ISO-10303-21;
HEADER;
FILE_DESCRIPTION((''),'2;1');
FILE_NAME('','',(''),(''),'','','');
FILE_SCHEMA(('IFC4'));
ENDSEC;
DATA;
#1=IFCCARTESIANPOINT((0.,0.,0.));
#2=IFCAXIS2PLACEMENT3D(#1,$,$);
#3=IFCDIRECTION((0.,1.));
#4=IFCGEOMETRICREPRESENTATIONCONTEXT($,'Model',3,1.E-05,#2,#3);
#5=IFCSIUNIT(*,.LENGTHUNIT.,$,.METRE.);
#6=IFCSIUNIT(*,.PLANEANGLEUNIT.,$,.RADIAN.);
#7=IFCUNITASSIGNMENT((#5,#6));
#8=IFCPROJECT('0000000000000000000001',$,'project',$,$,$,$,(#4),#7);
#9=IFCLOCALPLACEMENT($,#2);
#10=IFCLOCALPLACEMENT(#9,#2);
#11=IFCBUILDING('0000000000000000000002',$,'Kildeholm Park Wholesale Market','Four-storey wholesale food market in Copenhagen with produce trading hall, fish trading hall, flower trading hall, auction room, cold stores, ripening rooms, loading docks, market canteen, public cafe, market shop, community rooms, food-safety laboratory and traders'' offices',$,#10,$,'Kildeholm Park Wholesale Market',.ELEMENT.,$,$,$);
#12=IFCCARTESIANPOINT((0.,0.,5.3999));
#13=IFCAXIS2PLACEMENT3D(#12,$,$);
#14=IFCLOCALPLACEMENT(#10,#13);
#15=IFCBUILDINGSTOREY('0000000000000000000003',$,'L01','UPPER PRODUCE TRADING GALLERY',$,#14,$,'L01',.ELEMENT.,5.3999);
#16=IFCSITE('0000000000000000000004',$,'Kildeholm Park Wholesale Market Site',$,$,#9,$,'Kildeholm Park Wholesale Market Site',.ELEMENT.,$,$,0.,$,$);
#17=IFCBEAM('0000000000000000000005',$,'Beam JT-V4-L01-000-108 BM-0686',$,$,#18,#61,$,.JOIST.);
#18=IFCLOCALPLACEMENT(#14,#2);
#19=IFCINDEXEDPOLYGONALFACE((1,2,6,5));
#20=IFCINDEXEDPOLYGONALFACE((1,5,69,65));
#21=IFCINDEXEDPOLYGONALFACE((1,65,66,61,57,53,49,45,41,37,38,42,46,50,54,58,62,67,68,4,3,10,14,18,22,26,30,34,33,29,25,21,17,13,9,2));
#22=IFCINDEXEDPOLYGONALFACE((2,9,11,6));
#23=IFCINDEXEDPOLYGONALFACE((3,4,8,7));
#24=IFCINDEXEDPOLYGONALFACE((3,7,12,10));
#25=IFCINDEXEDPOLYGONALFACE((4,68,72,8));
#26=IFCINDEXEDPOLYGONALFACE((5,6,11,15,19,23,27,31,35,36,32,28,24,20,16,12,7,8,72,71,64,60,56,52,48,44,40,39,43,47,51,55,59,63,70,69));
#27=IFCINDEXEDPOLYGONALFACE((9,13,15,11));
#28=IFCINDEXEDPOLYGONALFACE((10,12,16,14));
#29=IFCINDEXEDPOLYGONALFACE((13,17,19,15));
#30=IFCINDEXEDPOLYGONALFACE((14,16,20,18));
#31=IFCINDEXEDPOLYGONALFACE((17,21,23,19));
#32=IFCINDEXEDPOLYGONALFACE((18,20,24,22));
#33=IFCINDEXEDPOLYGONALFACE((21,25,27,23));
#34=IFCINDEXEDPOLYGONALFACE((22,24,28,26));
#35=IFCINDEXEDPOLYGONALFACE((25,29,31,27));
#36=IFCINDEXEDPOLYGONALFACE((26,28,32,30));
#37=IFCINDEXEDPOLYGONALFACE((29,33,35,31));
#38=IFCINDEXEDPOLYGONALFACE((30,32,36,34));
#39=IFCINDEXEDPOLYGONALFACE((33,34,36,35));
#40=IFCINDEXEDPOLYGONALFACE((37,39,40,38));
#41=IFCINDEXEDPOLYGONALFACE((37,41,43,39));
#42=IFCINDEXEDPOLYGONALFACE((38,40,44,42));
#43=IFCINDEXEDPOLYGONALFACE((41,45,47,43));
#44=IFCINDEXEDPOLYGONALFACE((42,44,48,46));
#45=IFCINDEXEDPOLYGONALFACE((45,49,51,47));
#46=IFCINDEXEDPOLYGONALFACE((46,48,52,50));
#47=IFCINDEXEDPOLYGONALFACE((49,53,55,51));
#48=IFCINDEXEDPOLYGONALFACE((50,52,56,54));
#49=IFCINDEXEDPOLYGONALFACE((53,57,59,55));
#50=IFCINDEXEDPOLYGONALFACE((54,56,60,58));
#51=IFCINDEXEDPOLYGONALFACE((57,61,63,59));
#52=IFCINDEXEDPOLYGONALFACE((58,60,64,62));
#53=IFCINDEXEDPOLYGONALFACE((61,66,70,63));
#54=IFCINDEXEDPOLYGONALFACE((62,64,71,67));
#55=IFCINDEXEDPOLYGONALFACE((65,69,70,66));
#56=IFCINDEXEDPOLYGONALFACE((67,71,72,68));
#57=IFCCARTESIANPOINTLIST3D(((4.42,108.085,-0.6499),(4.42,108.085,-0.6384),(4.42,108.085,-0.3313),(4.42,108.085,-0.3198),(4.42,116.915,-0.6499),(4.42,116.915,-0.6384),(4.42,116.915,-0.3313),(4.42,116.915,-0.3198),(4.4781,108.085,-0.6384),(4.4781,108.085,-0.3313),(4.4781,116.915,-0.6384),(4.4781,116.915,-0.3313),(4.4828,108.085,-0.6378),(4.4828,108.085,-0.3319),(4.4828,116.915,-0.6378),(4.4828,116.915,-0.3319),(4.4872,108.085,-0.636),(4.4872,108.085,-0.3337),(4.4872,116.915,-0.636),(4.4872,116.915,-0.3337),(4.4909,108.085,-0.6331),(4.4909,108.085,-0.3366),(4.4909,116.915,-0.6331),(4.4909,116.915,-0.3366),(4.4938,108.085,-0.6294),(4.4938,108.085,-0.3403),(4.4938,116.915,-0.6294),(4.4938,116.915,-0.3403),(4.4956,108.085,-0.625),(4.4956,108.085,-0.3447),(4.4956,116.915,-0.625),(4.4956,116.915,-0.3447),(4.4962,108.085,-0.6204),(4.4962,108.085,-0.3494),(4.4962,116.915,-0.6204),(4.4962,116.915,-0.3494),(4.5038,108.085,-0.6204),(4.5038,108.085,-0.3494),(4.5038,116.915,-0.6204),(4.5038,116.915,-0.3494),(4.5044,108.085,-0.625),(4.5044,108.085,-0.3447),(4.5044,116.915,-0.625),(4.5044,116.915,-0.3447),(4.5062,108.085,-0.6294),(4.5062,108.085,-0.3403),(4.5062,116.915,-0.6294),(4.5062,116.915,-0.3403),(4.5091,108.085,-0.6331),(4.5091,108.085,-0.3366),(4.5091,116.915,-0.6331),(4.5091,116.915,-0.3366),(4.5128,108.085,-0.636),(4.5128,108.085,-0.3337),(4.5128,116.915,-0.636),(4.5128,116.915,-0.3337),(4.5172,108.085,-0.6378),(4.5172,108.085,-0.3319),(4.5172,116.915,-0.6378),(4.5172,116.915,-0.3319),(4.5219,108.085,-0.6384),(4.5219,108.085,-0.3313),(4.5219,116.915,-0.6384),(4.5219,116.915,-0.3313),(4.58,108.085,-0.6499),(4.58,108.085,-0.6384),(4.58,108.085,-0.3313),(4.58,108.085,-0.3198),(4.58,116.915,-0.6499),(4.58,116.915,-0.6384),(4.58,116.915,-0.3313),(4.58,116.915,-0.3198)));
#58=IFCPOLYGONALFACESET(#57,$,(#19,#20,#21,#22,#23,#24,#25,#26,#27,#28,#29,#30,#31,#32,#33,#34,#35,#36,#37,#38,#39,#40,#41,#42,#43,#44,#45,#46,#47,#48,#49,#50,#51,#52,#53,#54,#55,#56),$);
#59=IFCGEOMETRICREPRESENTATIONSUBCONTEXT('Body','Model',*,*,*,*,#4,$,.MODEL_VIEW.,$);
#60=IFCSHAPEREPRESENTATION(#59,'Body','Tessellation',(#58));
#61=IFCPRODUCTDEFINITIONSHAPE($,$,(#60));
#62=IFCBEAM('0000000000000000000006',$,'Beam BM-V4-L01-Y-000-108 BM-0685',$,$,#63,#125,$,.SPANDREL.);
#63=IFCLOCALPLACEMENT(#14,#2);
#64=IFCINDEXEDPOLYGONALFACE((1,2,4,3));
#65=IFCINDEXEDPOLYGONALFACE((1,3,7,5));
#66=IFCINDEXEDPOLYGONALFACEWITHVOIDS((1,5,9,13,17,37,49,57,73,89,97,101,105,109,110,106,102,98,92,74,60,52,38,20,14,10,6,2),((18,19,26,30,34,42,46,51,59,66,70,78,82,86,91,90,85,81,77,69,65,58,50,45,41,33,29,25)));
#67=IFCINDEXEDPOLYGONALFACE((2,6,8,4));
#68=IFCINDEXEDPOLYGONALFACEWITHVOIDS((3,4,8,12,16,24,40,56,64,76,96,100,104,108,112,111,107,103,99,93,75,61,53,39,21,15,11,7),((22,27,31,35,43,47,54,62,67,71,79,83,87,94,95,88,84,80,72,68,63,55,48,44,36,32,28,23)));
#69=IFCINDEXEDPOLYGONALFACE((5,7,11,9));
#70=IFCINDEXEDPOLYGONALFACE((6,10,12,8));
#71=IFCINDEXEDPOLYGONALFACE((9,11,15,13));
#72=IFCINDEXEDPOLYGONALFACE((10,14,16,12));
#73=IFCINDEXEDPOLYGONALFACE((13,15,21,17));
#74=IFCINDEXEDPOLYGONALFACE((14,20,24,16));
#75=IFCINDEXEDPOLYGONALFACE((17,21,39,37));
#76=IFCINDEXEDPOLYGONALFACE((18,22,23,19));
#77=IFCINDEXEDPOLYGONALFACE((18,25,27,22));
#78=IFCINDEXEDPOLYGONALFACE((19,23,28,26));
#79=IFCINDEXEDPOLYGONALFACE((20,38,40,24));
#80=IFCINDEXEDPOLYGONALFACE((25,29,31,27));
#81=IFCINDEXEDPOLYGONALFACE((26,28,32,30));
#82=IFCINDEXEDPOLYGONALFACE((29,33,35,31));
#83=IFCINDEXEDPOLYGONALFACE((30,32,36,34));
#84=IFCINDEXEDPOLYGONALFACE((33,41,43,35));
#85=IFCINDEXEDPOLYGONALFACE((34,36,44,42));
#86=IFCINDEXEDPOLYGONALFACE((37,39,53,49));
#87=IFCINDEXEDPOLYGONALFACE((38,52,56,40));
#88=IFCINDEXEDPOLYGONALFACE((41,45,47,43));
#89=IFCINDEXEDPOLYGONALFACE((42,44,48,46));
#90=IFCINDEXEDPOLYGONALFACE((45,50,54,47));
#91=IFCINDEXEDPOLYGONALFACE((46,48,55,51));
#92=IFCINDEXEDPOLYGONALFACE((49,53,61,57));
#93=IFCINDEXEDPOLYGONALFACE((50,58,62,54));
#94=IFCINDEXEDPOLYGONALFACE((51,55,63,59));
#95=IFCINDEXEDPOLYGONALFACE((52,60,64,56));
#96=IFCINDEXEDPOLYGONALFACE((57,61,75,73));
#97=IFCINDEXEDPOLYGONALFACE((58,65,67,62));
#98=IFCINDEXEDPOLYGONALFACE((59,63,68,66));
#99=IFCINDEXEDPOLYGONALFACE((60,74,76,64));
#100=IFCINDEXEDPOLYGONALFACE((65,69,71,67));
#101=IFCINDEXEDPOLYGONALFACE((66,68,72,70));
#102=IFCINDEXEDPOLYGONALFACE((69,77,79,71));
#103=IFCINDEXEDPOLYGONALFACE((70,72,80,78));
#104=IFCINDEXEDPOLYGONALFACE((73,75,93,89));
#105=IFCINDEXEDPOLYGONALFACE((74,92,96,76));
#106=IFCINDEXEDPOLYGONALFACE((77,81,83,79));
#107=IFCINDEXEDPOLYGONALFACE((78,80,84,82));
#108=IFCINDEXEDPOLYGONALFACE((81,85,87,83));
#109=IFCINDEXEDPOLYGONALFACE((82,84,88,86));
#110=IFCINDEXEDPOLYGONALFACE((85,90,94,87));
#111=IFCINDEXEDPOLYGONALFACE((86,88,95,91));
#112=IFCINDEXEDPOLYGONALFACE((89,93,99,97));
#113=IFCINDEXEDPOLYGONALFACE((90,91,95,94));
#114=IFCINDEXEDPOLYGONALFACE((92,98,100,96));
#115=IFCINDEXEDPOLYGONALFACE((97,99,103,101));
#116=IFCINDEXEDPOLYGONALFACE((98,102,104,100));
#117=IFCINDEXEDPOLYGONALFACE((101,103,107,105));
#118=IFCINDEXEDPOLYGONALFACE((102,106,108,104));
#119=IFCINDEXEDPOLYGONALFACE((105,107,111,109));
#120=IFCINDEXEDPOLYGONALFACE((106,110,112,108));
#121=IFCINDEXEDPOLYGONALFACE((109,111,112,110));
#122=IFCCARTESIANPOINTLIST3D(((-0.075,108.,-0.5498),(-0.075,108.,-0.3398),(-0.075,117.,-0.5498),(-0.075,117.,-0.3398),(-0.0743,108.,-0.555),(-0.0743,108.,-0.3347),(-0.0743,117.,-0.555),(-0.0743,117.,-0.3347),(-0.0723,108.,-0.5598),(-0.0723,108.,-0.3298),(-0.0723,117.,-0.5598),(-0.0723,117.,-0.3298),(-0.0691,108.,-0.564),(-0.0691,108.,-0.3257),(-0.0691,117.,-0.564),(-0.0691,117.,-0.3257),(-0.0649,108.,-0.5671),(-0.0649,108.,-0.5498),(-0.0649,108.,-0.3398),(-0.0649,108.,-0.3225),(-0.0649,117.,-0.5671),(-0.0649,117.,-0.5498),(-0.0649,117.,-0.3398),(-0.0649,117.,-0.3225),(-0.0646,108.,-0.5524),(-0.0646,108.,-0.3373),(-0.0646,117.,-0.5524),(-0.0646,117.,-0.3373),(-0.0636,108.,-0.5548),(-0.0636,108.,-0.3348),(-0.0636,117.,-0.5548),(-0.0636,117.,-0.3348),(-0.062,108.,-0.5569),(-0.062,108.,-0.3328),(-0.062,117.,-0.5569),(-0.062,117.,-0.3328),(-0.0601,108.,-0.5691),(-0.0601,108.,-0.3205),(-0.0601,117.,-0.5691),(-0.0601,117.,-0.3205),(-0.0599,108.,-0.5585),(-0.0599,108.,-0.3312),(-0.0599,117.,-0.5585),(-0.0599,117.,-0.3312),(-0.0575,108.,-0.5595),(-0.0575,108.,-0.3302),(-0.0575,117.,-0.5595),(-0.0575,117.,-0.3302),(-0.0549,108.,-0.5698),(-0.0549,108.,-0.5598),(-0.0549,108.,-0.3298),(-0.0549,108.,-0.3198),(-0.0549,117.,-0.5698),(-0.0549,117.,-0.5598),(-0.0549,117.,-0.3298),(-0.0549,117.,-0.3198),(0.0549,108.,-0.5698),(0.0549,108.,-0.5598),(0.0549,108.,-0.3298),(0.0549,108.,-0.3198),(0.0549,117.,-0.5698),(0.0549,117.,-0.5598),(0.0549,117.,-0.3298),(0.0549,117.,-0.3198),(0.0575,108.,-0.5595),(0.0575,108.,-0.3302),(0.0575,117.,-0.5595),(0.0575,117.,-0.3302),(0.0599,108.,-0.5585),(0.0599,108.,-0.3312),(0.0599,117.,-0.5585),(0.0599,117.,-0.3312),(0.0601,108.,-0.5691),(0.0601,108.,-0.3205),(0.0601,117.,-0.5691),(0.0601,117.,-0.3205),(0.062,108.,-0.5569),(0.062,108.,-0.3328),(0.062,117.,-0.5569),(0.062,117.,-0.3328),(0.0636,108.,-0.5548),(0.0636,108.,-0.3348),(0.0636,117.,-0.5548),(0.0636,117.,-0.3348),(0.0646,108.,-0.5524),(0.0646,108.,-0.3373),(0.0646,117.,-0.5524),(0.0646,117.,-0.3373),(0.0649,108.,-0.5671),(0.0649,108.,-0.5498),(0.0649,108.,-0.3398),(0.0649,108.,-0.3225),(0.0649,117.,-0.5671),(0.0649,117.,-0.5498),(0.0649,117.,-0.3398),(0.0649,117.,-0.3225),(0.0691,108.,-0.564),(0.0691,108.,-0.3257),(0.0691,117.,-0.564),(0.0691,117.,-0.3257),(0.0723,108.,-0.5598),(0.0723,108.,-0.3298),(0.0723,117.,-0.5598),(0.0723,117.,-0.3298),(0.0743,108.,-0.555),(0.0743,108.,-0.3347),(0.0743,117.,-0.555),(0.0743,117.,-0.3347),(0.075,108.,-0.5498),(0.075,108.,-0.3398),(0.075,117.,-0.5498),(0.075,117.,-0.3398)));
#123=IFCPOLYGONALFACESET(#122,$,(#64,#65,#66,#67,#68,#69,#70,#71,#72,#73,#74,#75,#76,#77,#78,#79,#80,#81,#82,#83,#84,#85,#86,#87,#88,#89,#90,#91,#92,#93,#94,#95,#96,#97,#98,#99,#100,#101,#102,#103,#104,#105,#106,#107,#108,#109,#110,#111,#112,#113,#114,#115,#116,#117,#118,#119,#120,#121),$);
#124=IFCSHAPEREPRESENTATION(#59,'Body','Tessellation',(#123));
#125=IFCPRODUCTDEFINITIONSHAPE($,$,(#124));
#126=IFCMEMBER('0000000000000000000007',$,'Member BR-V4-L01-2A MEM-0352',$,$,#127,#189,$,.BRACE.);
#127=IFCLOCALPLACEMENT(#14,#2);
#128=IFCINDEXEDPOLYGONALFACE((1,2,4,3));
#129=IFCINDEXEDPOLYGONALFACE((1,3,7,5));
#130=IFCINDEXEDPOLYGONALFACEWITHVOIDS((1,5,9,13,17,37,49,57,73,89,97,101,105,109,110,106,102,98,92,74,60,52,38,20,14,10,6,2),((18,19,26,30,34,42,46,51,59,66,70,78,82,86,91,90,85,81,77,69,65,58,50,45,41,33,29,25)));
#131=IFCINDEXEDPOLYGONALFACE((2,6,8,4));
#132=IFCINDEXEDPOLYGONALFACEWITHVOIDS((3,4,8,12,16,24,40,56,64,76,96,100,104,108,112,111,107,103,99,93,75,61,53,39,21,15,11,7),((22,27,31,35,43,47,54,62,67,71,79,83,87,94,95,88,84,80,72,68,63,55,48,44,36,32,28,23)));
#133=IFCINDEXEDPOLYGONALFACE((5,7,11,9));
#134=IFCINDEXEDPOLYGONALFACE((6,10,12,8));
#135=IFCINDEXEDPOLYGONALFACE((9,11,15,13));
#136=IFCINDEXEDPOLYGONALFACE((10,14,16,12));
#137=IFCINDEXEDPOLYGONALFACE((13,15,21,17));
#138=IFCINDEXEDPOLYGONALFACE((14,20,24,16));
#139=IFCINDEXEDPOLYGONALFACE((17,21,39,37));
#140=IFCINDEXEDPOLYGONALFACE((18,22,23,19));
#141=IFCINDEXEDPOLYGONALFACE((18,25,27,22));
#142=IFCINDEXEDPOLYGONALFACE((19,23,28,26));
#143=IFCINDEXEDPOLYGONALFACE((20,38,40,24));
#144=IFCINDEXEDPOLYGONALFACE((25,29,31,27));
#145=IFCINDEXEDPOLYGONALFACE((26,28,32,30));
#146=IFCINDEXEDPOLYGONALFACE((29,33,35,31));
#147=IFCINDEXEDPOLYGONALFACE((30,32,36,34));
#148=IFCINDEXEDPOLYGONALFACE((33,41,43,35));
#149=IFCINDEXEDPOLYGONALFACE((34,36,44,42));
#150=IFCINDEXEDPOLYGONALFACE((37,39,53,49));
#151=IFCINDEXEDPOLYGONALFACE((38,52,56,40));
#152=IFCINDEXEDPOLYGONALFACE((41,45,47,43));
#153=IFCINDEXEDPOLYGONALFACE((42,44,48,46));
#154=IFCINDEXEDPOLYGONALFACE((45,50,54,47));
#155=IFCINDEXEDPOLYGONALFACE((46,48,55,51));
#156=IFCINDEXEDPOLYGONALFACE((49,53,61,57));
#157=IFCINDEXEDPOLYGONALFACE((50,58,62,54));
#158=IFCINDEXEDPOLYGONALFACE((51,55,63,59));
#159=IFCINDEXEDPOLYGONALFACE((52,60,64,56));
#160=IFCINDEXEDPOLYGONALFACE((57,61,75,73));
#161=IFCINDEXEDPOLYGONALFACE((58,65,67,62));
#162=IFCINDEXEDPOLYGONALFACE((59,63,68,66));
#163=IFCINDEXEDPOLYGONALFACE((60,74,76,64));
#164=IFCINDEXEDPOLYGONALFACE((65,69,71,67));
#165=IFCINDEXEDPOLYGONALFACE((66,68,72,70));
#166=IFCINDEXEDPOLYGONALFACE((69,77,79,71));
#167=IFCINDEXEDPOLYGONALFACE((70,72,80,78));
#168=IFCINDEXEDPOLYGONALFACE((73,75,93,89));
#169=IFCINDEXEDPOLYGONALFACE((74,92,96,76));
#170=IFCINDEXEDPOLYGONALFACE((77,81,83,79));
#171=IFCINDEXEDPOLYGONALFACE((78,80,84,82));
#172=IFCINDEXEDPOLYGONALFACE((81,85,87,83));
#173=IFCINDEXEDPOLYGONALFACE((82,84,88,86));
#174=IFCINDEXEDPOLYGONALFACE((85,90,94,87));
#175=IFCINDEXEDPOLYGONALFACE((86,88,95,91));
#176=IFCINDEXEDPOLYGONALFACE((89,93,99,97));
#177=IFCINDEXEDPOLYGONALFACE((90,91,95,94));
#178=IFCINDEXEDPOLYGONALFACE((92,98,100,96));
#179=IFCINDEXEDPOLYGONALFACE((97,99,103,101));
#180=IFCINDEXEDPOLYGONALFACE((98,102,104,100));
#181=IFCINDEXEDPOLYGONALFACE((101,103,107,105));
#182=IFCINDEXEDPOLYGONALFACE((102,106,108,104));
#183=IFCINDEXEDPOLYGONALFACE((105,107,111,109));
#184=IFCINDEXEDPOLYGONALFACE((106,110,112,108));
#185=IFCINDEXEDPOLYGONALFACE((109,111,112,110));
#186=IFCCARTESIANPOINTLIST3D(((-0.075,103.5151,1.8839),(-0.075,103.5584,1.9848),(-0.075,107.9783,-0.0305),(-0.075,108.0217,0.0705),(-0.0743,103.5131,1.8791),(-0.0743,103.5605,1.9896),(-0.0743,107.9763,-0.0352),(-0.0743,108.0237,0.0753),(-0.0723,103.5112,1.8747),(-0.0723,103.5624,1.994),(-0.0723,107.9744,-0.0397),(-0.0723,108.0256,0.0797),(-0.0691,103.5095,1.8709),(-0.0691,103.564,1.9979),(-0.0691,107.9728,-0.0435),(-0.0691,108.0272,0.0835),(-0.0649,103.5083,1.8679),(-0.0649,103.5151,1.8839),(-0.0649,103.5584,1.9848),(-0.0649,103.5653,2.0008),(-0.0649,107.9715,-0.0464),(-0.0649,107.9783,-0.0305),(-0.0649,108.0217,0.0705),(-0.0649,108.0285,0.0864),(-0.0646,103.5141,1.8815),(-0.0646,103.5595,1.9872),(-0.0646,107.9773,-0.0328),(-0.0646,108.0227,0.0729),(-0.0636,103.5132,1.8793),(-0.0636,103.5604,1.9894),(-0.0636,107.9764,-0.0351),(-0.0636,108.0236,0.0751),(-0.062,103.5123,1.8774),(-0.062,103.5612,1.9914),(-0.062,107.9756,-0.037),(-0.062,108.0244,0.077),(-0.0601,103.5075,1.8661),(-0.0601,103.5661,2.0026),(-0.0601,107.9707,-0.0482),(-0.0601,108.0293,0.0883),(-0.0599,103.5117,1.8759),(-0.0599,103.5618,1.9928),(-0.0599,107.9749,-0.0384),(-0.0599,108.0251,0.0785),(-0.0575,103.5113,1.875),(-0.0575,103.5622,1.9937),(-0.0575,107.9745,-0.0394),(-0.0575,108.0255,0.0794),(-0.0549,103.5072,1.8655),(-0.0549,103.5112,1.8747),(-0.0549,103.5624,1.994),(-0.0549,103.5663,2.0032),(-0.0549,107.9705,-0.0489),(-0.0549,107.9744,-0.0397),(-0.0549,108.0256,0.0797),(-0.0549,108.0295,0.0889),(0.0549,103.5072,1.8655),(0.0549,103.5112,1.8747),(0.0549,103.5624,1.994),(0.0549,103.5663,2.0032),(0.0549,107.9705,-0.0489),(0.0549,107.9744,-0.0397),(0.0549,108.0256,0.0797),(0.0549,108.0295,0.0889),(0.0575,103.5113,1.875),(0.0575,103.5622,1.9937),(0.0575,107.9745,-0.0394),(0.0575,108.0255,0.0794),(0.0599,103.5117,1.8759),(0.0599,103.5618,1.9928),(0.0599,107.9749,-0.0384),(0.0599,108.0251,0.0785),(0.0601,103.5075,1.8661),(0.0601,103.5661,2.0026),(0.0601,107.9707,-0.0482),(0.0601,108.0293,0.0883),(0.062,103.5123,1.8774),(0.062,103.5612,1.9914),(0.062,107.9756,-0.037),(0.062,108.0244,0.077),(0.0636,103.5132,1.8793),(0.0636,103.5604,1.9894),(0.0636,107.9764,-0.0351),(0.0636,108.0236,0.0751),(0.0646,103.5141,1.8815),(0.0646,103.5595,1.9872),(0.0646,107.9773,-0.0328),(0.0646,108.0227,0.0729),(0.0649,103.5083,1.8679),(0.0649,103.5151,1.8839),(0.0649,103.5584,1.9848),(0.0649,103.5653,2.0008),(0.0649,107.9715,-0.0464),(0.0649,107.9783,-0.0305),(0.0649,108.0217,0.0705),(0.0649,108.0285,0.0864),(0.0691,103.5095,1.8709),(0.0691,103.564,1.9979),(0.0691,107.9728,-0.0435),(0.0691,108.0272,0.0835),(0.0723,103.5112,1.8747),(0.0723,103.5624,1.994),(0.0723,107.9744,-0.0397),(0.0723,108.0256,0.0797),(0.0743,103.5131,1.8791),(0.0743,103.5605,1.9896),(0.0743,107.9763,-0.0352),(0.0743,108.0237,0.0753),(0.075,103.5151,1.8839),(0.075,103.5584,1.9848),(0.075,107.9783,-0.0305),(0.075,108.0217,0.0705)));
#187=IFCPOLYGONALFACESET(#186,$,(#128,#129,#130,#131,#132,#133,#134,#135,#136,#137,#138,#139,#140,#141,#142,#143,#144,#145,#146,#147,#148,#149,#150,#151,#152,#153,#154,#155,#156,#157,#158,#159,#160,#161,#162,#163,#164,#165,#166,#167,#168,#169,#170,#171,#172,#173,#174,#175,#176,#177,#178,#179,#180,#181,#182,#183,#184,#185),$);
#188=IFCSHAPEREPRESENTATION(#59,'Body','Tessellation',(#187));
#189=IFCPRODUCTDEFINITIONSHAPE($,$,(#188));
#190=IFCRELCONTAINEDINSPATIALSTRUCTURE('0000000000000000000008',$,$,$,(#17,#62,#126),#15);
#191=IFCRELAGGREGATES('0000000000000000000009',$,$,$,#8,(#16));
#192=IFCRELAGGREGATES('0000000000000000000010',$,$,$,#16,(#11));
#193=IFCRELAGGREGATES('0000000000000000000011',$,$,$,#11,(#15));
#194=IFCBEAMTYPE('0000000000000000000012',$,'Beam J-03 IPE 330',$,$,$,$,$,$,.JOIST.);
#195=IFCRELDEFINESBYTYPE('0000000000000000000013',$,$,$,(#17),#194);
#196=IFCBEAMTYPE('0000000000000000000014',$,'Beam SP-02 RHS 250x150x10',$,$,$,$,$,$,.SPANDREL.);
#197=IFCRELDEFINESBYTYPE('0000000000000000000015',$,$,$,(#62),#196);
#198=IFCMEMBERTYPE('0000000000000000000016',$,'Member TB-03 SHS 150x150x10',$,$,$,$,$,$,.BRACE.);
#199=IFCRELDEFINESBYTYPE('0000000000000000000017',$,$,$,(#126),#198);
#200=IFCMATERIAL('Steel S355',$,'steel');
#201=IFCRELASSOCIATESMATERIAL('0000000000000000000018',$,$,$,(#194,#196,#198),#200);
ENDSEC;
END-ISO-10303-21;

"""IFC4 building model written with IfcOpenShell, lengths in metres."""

from ifc_helpers import new_model, si_unit, direction, frame, origin, origin_2d, place, context, subcontext, project, spatial, hollow_rectangle, i_section, extrude, material, material_profile, profile_set, type_object, element, save


model = new_model("IFC4")

# Units and contexts
model_context = context("Model", 3, precision=1e-05, world=origin(), true_north=direction((0.0, 1.0)))
body_context = subcontext(model_context, "Body", "Model", "MODEL_VIEW")
ifc_project = project(units=[si_unit("LENGTHUNIT", "METRE"), si_unit("PLANEANGLEUNIT", "RADIAN")], contexts=[model_context])

# Site, building, storey
site_placement = place(None, origin())
site = spatial("IfcSite", under=ifc_project, at=site_placement, Name="Kildeholm Park Wholesale Market Site", LongName="Kildeholm Park Wholesale Market Site", CompositionType="ELEMENT", RefElevation=0.0)
building_placement = place(site_placement, origin())
building = spatial("IfcBuilding", under=site, at=building_placement, Name="Kildeholm Park Wholesale Market", Description="Four-storey wholesale food market in Copenhagen with produce trading hall, fish trading hall, flower trading hall, auction room, cold stores, ripening rooms, loading docks, market canteen, public cafe, market shop, community rooms, food-safety laboratory and traders' offices", LongName="Kildeholm Park Wholesale Market", CompositionType="ELEMENT")
storey_placement = place(building_placement, frame((0.0, 0.0, 5.3999)))
storey = spatial("IfcBuildingStorey", under=building, at=storey_placement, Name="L01", Description="UPPER PRODUCE TRADING GALLERY", LongName="L01", CompositionType="ELEMENT", Elevation=5.3999)

# Beams
ifc_material_1 = material(Name="Steel S355", Category="steel")
ifc_material_profile_1 = material_profile(ifc_material_1, i_section(OverallWidth=0.1599, OverallDepth=0.3301, WebThickness=0.0076, FlangeThickness=0.0115, FilletRadius=0.0181, at=origin_2d()), Name="IPE 330")
ifc_profile_set_1 = profile_set([ifc_material_profile_1], Name="Steel S355")
beam_type_1 = type_object("IfcBeamType", Name="Beam J-03 IPE 330", PredefinedType="JOIST", material=ifc_profile_set_1)
beam_1_placement = place(storey_placement, frame((4.5, 108.085, -0.4849), z_axis=(0.0, 1.0, 0.0), x_axis=(-1.0, 0.0, 0.0)))
element("IfcBeam", 1, at=beam_1_placement, inside=storey, type_object=beam_type_1, Name="Beam JT-V4-L01-000-108 BM-0686", PredefinedType="JOIST", context=body_context, shape_type="SweptSolid", body=[
    extrude(i_section(OverallWidth=0.1599, OverallDepth=0.3301, WebThickness=0.0076, FlangeThickness=0.0115, FilletRadius=0.0181, at=origin_2d()), origin(), (0.0, 0.0, 1.0), 8.8301),
])
ifc_material_profile_2 = material_profile(ifc_material_1, hollow_rectangle(XDim=0.1499, YDim=0.25, WallThickness=0.01, InnerFilletRadius=0.01, OuterFilletRadius=0.02, at=origin_2d()), Name="RHS 250x150x10")
ifc_profile_set_2 = profile_set([ifc_material_profile_2], Name="Steel S355")
beam_type_2 = type_object("IfcBeamType", Name="Beam SP-02 RHS 250x150x10", PredefinedType="SPANDREL", material=ifc_profile_set_2)
beam_2_placement = place(storey_placement, frame((0.0, 108.0, -0.4448), z_axis=(0.0, 1.0, 0.0), x_axis=(-1.0, 0.0, 0.0)))
element("IfcBeam", 2, at=beam_2_placement, inside=storey, type_object=beam_type_2, Name="Beam BM-V4-L01-Y-000-108 BM-0685", PredefinedType="SPANDREL", context=body_context, shape_type="SweptSolid", body=[
    extrude(hollow_rectangle(XDim=0.1499, YDim=0.25, WallThickness=0.01, InnerFilletRadius=0.01, OuterFilletRadius=0.02, at=origin_2d()), origin(), (0.0, 0.0, 1.0), 9.0),
])

# Member
ifc_material_profile_3 = material_profile(ifc_material_1, hollow_rectangle(XDim=0.1499, YDim=0.1499, WallThickness=0.01, InnerFilletRadius=0.01, OuterFilletRadius=0.02, at=origin_2d()), Name="SHS 150x150x10")
ifc_profile_set_3 = profile_set([ifc_material_profile_3], Name="Steel S355")
member_type = type_object("IfcMemberType", Name="Member TB-03 SHS 150x150x10", PredefinedType="BRACE", material=ifc_profile_set_3)
for number, where, z_axis, x_axis, name in (
    (3, (0.0, 108.0, 0.02), (0.0, -0.919031, 0.394186), (1.0, 0.0, 0.0), "Member BR-V4-L01-2A MEM-0352"),
):
    element("IfcMember", number, at=place(storey_placement, frame(where, z_axis=z_axis, x_axis=x_axis)), inside=storey, type_object=member_type, Name=name, PredefinedType="BRACE", context=body_context, shape_type="SweptSolid", body=[
        extrude(hollow_rectangle(XDim=0.1499, YDim=0.1499, WallThickness=0.01, InnerFilletRadius=0.01, OuterFilletRadius=0.02, at=origin_2d()), origin(), (0.0, 0.0, 1.0), 4.8564),
    ])

save(model, "model.ifc")
